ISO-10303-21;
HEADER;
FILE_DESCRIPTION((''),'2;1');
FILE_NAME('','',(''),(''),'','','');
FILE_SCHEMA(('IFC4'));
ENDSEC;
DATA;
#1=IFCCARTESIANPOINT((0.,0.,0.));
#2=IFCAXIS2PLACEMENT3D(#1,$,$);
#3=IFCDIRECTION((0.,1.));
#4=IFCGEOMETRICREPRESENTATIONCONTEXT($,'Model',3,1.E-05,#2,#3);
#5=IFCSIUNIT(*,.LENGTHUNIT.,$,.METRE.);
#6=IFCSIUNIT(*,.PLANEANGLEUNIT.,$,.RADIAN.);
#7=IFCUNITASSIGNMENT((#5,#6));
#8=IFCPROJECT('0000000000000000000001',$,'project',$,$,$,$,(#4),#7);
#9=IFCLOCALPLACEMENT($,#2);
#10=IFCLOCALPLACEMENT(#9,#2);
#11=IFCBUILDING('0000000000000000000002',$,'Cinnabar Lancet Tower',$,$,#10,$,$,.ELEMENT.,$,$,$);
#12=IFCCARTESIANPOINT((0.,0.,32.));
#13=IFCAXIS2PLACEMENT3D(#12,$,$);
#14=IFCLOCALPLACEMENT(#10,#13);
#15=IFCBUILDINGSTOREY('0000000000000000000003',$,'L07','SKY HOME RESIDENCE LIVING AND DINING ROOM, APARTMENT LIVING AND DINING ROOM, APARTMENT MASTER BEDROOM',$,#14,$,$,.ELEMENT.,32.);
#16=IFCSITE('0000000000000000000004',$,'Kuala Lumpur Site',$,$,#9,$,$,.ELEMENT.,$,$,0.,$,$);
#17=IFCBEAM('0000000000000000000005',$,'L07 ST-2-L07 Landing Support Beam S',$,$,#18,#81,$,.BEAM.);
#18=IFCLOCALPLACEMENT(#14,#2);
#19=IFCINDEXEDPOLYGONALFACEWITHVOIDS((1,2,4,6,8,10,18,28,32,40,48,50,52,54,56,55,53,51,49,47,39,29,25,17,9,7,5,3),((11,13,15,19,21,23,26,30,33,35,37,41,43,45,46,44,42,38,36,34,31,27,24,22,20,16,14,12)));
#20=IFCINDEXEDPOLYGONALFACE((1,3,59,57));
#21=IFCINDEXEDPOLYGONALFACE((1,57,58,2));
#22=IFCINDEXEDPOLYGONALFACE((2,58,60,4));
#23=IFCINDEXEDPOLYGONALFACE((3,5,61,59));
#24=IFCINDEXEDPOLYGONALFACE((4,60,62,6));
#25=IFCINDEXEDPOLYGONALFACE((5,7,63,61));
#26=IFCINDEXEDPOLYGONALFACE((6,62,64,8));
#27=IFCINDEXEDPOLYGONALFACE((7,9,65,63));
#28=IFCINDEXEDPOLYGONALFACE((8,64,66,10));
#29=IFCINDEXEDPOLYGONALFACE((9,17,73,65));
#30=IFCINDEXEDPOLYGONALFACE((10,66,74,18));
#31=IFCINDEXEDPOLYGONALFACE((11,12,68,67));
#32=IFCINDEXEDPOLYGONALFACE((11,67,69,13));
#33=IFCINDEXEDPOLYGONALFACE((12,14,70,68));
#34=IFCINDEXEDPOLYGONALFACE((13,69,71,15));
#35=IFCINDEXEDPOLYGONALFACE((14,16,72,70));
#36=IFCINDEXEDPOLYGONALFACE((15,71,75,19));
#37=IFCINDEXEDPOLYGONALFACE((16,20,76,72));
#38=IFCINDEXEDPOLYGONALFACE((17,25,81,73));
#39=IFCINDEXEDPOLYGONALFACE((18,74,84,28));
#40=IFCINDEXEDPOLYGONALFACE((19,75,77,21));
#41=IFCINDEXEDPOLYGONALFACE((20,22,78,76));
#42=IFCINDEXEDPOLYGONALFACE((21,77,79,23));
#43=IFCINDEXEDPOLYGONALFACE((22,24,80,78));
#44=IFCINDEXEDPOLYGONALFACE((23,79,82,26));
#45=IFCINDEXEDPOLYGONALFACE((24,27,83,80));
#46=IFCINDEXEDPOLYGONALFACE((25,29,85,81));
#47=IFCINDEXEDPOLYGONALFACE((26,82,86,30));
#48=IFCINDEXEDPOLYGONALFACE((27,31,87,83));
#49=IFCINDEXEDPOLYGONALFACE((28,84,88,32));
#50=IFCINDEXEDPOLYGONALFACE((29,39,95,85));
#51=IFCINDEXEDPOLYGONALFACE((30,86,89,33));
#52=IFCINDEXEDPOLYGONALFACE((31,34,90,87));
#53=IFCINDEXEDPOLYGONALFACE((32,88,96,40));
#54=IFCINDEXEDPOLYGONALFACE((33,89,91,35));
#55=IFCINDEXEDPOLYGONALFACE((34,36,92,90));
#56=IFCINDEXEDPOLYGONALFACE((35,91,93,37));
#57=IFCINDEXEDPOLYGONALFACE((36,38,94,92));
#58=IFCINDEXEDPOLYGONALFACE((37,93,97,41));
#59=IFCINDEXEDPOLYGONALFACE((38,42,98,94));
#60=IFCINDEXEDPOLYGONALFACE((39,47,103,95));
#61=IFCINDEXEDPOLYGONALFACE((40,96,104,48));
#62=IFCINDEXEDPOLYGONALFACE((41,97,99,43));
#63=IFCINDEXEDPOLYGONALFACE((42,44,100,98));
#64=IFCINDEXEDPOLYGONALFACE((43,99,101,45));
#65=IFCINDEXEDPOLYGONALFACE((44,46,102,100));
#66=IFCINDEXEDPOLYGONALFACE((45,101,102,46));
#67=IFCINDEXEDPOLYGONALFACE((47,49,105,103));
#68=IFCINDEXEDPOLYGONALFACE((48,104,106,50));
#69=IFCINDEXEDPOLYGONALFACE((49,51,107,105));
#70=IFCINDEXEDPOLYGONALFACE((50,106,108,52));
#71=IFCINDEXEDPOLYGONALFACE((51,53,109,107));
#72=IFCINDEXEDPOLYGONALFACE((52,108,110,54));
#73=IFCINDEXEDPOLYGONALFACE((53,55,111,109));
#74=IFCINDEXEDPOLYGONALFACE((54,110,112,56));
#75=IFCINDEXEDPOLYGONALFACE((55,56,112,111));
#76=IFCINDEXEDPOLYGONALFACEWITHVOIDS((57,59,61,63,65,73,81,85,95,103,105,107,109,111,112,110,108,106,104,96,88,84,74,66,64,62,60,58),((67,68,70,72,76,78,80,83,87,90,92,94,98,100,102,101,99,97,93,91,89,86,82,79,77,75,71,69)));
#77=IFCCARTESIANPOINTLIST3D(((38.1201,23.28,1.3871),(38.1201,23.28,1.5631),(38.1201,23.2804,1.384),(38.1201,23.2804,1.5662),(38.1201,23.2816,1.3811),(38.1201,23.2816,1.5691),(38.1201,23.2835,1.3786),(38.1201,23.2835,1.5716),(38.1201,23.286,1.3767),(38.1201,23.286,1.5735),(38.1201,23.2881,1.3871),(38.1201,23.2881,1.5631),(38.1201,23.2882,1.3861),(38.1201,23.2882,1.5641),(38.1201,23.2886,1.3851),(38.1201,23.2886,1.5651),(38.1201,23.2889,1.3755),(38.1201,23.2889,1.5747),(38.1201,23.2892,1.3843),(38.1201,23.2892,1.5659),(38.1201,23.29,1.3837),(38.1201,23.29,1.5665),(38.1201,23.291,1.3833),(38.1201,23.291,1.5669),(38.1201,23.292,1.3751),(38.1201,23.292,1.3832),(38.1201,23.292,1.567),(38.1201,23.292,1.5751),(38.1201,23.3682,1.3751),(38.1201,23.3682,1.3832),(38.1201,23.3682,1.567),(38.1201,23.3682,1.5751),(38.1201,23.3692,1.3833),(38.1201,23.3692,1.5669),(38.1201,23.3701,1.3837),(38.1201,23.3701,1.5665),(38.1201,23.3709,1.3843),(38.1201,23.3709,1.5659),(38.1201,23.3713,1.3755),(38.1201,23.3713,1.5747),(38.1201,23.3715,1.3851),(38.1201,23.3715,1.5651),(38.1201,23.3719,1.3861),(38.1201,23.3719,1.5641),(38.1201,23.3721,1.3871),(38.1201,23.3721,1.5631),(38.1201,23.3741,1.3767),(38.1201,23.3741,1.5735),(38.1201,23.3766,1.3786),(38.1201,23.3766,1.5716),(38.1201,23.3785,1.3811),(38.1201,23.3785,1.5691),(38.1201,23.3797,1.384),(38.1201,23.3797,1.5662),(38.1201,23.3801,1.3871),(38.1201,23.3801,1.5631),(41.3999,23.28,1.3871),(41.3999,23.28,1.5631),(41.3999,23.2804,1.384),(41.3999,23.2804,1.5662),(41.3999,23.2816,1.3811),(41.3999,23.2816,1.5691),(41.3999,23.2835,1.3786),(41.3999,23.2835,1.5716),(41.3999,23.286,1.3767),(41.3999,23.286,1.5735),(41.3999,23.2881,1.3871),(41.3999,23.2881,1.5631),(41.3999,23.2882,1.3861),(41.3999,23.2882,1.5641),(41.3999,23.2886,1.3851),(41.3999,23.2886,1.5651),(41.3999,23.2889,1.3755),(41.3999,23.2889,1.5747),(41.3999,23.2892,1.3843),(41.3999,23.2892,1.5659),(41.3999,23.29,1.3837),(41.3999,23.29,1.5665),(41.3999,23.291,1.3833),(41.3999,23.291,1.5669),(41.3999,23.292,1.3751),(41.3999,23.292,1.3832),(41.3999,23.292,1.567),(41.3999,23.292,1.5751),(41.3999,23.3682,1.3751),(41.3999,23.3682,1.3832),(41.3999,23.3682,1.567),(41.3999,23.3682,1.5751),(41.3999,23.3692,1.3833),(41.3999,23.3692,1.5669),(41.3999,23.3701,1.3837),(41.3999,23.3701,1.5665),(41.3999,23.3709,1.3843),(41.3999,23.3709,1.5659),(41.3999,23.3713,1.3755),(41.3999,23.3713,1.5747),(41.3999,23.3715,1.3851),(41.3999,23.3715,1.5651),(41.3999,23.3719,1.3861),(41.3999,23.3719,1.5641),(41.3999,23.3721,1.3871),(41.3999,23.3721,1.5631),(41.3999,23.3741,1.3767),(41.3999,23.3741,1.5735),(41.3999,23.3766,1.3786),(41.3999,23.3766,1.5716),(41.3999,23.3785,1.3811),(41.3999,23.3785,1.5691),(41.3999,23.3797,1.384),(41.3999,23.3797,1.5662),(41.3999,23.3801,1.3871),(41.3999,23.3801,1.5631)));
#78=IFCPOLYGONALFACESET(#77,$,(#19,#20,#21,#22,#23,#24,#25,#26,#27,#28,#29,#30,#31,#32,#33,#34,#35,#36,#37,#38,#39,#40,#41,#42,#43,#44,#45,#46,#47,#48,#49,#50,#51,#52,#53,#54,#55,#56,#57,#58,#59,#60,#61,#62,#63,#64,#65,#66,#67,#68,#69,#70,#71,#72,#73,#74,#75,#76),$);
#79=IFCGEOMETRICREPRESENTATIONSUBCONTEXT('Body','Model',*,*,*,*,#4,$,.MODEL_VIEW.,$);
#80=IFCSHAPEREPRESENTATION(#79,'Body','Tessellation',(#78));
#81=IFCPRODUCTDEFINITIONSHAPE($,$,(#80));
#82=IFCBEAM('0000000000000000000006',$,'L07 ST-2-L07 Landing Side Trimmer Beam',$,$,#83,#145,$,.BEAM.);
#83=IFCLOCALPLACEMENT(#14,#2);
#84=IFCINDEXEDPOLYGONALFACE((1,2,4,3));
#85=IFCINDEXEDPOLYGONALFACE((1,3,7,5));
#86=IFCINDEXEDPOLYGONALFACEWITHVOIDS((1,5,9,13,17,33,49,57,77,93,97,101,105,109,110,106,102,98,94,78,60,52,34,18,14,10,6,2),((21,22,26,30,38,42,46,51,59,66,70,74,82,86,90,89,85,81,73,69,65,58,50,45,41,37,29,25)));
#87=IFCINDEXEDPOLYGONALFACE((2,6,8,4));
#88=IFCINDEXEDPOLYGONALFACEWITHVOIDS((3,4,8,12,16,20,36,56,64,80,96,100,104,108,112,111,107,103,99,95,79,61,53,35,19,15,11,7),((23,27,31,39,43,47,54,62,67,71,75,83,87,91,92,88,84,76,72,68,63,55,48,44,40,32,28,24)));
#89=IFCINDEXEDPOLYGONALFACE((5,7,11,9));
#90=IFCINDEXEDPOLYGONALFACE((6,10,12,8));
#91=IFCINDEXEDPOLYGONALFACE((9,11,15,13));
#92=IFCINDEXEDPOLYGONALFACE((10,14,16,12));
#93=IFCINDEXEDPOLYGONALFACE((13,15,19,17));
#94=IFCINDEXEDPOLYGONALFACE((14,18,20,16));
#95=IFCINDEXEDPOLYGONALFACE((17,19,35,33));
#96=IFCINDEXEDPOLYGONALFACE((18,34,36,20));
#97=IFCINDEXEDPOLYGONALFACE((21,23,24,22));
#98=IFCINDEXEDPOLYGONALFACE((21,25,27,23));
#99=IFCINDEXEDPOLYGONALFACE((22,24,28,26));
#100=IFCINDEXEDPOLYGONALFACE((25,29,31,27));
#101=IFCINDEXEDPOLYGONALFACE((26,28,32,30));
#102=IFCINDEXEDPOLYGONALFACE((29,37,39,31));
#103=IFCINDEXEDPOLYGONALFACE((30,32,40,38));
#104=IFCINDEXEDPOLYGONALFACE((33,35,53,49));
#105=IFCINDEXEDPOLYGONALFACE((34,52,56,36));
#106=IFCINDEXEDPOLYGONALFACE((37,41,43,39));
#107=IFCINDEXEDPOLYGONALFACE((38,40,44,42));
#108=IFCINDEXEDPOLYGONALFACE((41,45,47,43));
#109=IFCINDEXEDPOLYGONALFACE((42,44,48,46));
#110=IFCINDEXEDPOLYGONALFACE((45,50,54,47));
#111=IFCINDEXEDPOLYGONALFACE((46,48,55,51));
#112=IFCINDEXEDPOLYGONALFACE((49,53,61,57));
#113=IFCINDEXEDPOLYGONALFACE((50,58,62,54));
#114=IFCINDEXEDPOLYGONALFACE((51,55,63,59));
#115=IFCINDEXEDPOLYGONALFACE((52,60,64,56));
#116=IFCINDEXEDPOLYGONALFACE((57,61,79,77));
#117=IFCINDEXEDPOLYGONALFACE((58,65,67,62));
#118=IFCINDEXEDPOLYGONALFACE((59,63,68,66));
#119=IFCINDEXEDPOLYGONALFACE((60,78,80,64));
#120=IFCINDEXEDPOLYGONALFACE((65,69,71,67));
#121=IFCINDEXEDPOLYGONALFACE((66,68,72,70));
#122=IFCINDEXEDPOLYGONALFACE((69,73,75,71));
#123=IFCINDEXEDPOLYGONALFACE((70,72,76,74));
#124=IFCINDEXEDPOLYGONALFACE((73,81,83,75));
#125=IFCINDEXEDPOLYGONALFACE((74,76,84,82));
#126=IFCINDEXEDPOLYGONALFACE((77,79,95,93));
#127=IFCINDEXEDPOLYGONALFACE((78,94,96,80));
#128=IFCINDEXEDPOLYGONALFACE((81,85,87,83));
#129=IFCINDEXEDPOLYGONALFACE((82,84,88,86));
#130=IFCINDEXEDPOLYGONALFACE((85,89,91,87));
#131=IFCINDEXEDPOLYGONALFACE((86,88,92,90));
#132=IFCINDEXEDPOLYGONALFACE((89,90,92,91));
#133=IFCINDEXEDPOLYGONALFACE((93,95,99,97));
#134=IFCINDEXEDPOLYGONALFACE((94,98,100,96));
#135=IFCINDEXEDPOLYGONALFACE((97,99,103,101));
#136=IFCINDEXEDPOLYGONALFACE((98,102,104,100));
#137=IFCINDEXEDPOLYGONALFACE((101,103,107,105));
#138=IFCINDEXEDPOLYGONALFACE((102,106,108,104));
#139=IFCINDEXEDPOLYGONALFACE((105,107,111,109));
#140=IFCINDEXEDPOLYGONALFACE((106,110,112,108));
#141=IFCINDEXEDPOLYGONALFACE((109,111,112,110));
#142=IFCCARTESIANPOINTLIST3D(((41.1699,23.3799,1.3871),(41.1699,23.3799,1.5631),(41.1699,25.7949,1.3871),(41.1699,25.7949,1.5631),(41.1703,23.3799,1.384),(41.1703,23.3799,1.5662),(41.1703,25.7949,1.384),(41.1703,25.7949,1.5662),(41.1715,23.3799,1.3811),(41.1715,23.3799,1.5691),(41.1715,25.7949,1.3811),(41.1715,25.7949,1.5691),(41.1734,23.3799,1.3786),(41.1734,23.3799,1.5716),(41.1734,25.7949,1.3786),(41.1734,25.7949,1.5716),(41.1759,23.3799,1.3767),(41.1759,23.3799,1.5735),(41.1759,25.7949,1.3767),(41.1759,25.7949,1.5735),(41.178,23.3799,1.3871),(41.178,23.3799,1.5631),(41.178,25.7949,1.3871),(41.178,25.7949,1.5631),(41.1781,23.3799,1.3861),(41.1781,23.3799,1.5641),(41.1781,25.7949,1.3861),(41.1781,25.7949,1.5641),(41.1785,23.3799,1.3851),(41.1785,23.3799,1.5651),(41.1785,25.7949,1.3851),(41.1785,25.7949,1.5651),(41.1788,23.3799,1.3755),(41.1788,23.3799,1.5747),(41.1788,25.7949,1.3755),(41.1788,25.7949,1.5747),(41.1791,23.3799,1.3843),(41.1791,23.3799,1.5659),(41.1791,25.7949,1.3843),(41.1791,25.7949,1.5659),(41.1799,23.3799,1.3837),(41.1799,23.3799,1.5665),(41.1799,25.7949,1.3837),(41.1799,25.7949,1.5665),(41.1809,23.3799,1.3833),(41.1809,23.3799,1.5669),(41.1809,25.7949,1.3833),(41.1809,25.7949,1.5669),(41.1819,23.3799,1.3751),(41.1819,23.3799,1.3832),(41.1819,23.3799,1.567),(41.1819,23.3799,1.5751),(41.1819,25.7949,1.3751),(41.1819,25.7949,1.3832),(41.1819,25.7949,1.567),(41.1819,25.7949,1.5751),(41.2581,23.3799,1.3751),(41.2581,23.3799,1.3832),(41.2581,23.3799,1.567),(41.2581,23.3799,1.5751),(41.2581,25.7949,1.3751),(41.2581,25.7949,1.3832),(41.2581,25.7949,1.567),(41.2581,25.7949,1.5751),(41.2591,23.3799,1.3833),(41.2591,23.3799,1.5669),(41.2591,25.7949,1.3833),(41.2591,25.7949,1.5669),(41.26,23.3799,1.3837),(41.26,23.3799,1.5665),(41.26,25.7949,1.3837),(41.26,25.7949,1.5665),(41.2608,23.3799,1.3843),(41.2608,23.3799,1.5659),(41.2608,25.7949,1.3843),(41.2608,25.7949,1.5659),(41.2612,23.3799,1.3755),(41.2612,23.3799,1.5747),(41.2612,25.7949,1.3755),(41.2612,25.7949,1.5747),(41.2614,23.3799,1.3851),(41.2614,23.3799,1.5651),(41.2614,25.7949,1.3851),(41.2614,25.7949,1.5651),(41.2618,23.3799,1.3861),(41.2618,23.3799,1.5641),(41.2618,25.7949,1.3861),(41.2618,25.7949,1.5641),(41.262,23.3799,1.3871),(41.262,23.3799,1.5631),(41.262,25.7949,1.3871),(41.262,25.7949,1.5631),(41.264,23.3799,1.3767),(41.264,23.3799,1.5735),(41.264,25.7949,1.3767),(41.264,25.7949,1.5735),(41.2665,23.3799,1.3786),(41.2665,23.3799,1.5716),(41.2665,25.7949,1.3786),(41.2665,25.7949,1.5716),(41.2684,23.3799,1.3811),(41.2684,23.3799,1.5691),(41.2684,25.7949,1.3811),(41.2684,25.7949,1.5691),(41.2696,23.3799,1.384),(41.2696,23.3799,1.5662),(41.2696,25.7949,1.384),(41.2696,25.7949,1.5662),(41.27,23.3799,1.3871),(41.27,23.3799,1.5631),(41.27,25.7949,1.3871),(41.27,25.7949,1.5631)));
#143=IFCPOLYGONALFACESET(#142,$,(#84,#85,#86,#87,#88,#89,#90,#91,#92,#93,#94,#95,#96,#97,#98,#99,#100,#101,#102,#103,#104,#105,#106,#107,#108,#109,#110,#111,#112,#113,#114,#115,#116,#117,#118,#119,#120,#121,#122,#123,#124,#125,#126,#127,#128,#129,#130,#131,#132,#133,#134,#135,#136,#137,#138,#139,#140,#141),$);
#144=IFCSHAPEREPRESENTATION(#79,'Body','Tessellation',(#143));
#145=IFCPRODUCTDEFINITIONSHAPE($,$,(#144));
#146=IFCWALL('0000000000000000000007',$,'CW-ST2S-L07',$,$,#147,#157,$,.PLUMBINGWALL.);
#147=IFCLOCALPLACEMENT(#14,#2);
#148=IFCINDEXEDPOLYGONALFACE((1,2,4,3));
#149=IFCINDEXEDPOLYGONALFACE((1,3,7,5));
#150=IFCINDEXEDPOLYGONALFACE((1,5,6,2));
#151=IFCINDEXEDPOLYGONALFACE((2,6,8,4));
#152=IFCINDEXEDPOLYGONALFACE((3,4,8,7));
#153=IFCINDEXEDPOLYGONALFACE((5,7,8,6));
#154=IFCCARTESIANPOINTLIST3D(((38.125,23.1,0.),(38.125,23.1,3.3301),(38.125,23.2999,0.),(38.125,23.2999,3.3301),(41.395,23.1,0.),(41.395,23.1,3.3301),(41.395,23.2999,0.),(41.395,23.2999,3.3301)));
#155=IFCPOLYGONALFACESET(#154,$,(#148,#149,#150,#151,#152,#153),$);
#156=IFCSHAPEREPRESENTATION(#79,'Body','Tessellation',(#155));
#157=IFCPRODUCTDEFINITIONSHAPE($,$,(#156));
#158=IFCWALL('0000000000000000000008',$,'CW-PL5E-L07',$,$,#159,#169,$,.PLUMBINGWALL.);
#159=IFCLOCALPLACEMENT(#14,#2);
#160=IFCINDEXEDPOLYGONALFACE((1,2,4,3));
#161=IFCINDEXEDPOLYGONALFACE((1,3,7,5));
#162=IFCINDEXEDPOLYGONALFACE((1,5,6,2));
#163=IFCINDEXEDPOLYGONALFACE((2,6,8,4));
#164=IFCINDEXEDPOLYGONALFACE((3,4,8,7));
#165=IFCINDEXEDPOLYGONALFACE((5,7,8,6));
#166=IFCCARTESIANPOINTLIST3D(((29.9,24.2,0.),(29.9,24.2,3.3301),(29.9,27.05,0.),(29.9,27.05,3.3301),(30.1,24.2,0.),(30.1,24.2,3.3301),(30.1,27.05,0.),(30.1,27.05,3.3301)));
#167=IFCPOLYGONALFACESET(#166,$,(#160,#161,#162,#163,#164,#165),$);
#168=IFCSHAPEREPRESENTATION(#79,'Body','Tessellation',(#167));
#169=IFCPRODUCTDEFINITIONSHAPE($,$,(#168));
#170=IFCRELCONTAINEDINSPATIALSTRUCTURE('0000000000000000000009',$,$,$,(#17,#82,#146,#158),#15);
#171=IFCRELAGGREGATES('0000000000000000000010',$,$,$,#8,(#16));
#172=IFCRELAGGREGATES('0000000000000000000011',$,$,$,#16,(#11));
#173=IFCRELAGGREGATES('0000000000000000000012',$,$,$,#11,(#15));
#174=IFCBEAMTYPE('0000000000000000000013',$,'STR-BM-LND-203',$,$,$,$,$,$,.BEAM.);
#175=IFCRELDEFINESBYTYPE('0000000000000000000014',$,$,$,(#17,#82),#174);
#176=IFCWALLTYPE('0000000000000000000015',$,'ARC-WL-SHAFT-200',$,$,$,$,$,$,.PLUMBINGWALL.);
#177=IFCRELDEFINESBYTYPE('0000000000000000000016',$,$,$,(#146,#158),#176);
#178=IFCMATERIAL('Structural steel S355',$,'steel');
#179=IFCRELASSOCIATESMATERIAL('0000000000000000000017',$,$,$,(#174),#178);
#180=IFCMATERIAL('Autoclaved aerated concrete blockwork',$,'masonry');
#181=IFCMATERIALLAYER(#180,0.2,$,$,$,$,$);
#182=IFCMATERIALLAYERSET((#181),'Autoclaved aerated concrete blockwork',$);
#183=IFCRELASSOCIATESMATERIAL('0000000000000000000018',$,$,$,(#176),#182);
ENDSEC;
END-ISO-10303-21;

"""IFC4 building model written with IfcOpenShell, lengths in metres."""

from ifc_helpers import new_model, si_unit, direction, frame, frame_2d, origin, origin_2d, place, context, subcontext, project, spatial, rectangle, hollow_rectangle, extrude, material, layer, layer_set, material_profile, profile_set, type_object, element, save


model = new_model("IFC4")

# Units and contexts
model_context = context("Model", 3, precision=1e-05, world=origin(), true_north=direction((0.0, 1.0)))
body_context = subcontext(model_context, "Body", "Model", "MODEL_VIEW")
ifc_project = project(units=[si_unit("LENGTHUNIT", "METRE"), si_unit("PLANEANGLEUNIT", "RADIAN")], contexts=[model_context])

# Site, building, storey
site_placement = place(None, origin())
site = spatial("IfcSite", under=ifc_project, at=site_placement, Name="Kuala Lumpur Site", CompositionType="ELEMENT", RefElevation=0.0)
building_placement = place(site_placement, origin())
building = spatial("IfcBuilding", under=site, at=building_placement, Name="Cinnabar Lancet Tower", CompositionType="ELEMENT")
storey_placement = place(building_placement, frame((0.0, 0.0, 32.0)))
storey = spatial("IfcBuildingStorey", under=building, at=storey_placement, Name="L07", Description="SKY HOME RESIDENCE LIVING AND DINING ROOM, APARTMENT LIVING AND DINING ROOM, APARTMENT MASTER BEDROOM", CompositionType="ELEMENT", Elevation=32.0)

# Beams
ifc_material_1 = material(Name="Structural steel S355", Category="steel")
ifc_material_profile_1 = material_profile(ifc_material_1, hollow_rectangle(XDim=0.1001, YDim=0.2, WallThickness=0.0081, InnerFilletRadius=0.0039, OuterFilletRadius=0.012, at=origin_2d()), Name="RHS 200x100x8")
ifc_profile_set_1 = profile_set([ifc_material_profile_1], Name="Structural steel S355")
beam_type_1 = type_object("IfcBeamType", Name="STR-BM-LND-203", PredefinedType="BEAM", material=ifc_profile_set_1)
beam_1_placement = place(storey_placement, frame((38.1201, 23.3301, 1.4751), z_axis=(1.0, 0.0, 0.0), x_axis=(0.0, 1.0, 0.0)))
element("IfcBeam", 1, at=beam_1_placement, inside=storey, type_object=beam_type_1, Name="L07 ST-2-L07 Landing Support Beam S", PredefinedType="BEAM", context=body_context, shape_type="SweptSolid", body=[
    extrude(hollow_rectangle(XDim=0.1001, YDim=0.2, WallThickness=0.0081, InnerFilletRadius=0.0039, OuterFilletRadius=0.012, at=origin_2d()), origin(), (0.0, 0.0, 1.0), 3.2798),
])
beam_2_placement = place(storey_placement, frame((41.22, 23.3799, 1.4751), z_axis=(0.0, 1.0, 0.0), x_axis=(-1.0, 0.0, 0.0)))
element("IfcBeam", 2, at=beam_2_placement, inside=storey, type_object=beam_type_1, Name="L07 ST-2-L07 Landing Side Trimmer Beam", PredefinedType="BEAM", context=body_context, shape_type="SweptSolid", body=[
    extrude(hollow_rectangle(XDim=0.1001, YDim=0.2, WallThickness=0.0081, InnerFilletRadius=0.0039, OuterFilletRadius=0.012, at=origin_2d()), origin(), (0.0, 0.0, 1.0), 2.415),
])

# Walls
ifc_material_2 = material(Name="Autoclaved aerated concrete blockwork", Category="masonry")
ifc_layer_1 = layer(ifc_material_2, 0.2)
ifc_layer_set_1 = layer_set([ifc_layer_1], Name="Autoclaved aerated concrete blockwork")
wall_type_1 = type_object("IfcWallType", Name="ARC-WL-SHAFT-200", PredefinedType="PLUMBINGWALL", material=ifc_layer_set_1)
wall_1_placement = place(storey_placement, frame((38.125, 23.2, 0.0), z_axis=(0.0, 0.0, 1.0), x_axis=(1.0, 0.0, 0.0)))
element("IfcWall", 3, at=wall_1_placement, inside=storey, type_object=wall_type_1, Name="CW-ST2S-L07", PredefinedType="PLUMBINGWALL", context=body_context, shape_type="SweptSolid", body=[
    extrude(rectangle(XDim=3.27, YDim=0.2, at=frame_2d((1.635, 0.0))), origin(), (0.0, 0.0, 1.0), 3.3301),
])
wall_2_placement = place(storey_placement, frame((30.0, 24.2, 0.0), z_axis=(0.0, 0.0, 1.0), x_axis=(0.0, 1.0, 0.0)))
element("IfcWall", 4, at=wall_2_placement, inside=storey, type_object=wall_type_1, Name="CW-PL5E-L07", PredefinedType="PLUMBINGWALL", context=body_context, shape_type="SweptSolid", body=[
    extrude(rectangle(XDim=2.8501, YDim=0.2, at=frame_2d((1.425, 0.0))), origin(), (0.0, 0.0, 1.0), 3.3301),
])

save(model, "model.ifc")
